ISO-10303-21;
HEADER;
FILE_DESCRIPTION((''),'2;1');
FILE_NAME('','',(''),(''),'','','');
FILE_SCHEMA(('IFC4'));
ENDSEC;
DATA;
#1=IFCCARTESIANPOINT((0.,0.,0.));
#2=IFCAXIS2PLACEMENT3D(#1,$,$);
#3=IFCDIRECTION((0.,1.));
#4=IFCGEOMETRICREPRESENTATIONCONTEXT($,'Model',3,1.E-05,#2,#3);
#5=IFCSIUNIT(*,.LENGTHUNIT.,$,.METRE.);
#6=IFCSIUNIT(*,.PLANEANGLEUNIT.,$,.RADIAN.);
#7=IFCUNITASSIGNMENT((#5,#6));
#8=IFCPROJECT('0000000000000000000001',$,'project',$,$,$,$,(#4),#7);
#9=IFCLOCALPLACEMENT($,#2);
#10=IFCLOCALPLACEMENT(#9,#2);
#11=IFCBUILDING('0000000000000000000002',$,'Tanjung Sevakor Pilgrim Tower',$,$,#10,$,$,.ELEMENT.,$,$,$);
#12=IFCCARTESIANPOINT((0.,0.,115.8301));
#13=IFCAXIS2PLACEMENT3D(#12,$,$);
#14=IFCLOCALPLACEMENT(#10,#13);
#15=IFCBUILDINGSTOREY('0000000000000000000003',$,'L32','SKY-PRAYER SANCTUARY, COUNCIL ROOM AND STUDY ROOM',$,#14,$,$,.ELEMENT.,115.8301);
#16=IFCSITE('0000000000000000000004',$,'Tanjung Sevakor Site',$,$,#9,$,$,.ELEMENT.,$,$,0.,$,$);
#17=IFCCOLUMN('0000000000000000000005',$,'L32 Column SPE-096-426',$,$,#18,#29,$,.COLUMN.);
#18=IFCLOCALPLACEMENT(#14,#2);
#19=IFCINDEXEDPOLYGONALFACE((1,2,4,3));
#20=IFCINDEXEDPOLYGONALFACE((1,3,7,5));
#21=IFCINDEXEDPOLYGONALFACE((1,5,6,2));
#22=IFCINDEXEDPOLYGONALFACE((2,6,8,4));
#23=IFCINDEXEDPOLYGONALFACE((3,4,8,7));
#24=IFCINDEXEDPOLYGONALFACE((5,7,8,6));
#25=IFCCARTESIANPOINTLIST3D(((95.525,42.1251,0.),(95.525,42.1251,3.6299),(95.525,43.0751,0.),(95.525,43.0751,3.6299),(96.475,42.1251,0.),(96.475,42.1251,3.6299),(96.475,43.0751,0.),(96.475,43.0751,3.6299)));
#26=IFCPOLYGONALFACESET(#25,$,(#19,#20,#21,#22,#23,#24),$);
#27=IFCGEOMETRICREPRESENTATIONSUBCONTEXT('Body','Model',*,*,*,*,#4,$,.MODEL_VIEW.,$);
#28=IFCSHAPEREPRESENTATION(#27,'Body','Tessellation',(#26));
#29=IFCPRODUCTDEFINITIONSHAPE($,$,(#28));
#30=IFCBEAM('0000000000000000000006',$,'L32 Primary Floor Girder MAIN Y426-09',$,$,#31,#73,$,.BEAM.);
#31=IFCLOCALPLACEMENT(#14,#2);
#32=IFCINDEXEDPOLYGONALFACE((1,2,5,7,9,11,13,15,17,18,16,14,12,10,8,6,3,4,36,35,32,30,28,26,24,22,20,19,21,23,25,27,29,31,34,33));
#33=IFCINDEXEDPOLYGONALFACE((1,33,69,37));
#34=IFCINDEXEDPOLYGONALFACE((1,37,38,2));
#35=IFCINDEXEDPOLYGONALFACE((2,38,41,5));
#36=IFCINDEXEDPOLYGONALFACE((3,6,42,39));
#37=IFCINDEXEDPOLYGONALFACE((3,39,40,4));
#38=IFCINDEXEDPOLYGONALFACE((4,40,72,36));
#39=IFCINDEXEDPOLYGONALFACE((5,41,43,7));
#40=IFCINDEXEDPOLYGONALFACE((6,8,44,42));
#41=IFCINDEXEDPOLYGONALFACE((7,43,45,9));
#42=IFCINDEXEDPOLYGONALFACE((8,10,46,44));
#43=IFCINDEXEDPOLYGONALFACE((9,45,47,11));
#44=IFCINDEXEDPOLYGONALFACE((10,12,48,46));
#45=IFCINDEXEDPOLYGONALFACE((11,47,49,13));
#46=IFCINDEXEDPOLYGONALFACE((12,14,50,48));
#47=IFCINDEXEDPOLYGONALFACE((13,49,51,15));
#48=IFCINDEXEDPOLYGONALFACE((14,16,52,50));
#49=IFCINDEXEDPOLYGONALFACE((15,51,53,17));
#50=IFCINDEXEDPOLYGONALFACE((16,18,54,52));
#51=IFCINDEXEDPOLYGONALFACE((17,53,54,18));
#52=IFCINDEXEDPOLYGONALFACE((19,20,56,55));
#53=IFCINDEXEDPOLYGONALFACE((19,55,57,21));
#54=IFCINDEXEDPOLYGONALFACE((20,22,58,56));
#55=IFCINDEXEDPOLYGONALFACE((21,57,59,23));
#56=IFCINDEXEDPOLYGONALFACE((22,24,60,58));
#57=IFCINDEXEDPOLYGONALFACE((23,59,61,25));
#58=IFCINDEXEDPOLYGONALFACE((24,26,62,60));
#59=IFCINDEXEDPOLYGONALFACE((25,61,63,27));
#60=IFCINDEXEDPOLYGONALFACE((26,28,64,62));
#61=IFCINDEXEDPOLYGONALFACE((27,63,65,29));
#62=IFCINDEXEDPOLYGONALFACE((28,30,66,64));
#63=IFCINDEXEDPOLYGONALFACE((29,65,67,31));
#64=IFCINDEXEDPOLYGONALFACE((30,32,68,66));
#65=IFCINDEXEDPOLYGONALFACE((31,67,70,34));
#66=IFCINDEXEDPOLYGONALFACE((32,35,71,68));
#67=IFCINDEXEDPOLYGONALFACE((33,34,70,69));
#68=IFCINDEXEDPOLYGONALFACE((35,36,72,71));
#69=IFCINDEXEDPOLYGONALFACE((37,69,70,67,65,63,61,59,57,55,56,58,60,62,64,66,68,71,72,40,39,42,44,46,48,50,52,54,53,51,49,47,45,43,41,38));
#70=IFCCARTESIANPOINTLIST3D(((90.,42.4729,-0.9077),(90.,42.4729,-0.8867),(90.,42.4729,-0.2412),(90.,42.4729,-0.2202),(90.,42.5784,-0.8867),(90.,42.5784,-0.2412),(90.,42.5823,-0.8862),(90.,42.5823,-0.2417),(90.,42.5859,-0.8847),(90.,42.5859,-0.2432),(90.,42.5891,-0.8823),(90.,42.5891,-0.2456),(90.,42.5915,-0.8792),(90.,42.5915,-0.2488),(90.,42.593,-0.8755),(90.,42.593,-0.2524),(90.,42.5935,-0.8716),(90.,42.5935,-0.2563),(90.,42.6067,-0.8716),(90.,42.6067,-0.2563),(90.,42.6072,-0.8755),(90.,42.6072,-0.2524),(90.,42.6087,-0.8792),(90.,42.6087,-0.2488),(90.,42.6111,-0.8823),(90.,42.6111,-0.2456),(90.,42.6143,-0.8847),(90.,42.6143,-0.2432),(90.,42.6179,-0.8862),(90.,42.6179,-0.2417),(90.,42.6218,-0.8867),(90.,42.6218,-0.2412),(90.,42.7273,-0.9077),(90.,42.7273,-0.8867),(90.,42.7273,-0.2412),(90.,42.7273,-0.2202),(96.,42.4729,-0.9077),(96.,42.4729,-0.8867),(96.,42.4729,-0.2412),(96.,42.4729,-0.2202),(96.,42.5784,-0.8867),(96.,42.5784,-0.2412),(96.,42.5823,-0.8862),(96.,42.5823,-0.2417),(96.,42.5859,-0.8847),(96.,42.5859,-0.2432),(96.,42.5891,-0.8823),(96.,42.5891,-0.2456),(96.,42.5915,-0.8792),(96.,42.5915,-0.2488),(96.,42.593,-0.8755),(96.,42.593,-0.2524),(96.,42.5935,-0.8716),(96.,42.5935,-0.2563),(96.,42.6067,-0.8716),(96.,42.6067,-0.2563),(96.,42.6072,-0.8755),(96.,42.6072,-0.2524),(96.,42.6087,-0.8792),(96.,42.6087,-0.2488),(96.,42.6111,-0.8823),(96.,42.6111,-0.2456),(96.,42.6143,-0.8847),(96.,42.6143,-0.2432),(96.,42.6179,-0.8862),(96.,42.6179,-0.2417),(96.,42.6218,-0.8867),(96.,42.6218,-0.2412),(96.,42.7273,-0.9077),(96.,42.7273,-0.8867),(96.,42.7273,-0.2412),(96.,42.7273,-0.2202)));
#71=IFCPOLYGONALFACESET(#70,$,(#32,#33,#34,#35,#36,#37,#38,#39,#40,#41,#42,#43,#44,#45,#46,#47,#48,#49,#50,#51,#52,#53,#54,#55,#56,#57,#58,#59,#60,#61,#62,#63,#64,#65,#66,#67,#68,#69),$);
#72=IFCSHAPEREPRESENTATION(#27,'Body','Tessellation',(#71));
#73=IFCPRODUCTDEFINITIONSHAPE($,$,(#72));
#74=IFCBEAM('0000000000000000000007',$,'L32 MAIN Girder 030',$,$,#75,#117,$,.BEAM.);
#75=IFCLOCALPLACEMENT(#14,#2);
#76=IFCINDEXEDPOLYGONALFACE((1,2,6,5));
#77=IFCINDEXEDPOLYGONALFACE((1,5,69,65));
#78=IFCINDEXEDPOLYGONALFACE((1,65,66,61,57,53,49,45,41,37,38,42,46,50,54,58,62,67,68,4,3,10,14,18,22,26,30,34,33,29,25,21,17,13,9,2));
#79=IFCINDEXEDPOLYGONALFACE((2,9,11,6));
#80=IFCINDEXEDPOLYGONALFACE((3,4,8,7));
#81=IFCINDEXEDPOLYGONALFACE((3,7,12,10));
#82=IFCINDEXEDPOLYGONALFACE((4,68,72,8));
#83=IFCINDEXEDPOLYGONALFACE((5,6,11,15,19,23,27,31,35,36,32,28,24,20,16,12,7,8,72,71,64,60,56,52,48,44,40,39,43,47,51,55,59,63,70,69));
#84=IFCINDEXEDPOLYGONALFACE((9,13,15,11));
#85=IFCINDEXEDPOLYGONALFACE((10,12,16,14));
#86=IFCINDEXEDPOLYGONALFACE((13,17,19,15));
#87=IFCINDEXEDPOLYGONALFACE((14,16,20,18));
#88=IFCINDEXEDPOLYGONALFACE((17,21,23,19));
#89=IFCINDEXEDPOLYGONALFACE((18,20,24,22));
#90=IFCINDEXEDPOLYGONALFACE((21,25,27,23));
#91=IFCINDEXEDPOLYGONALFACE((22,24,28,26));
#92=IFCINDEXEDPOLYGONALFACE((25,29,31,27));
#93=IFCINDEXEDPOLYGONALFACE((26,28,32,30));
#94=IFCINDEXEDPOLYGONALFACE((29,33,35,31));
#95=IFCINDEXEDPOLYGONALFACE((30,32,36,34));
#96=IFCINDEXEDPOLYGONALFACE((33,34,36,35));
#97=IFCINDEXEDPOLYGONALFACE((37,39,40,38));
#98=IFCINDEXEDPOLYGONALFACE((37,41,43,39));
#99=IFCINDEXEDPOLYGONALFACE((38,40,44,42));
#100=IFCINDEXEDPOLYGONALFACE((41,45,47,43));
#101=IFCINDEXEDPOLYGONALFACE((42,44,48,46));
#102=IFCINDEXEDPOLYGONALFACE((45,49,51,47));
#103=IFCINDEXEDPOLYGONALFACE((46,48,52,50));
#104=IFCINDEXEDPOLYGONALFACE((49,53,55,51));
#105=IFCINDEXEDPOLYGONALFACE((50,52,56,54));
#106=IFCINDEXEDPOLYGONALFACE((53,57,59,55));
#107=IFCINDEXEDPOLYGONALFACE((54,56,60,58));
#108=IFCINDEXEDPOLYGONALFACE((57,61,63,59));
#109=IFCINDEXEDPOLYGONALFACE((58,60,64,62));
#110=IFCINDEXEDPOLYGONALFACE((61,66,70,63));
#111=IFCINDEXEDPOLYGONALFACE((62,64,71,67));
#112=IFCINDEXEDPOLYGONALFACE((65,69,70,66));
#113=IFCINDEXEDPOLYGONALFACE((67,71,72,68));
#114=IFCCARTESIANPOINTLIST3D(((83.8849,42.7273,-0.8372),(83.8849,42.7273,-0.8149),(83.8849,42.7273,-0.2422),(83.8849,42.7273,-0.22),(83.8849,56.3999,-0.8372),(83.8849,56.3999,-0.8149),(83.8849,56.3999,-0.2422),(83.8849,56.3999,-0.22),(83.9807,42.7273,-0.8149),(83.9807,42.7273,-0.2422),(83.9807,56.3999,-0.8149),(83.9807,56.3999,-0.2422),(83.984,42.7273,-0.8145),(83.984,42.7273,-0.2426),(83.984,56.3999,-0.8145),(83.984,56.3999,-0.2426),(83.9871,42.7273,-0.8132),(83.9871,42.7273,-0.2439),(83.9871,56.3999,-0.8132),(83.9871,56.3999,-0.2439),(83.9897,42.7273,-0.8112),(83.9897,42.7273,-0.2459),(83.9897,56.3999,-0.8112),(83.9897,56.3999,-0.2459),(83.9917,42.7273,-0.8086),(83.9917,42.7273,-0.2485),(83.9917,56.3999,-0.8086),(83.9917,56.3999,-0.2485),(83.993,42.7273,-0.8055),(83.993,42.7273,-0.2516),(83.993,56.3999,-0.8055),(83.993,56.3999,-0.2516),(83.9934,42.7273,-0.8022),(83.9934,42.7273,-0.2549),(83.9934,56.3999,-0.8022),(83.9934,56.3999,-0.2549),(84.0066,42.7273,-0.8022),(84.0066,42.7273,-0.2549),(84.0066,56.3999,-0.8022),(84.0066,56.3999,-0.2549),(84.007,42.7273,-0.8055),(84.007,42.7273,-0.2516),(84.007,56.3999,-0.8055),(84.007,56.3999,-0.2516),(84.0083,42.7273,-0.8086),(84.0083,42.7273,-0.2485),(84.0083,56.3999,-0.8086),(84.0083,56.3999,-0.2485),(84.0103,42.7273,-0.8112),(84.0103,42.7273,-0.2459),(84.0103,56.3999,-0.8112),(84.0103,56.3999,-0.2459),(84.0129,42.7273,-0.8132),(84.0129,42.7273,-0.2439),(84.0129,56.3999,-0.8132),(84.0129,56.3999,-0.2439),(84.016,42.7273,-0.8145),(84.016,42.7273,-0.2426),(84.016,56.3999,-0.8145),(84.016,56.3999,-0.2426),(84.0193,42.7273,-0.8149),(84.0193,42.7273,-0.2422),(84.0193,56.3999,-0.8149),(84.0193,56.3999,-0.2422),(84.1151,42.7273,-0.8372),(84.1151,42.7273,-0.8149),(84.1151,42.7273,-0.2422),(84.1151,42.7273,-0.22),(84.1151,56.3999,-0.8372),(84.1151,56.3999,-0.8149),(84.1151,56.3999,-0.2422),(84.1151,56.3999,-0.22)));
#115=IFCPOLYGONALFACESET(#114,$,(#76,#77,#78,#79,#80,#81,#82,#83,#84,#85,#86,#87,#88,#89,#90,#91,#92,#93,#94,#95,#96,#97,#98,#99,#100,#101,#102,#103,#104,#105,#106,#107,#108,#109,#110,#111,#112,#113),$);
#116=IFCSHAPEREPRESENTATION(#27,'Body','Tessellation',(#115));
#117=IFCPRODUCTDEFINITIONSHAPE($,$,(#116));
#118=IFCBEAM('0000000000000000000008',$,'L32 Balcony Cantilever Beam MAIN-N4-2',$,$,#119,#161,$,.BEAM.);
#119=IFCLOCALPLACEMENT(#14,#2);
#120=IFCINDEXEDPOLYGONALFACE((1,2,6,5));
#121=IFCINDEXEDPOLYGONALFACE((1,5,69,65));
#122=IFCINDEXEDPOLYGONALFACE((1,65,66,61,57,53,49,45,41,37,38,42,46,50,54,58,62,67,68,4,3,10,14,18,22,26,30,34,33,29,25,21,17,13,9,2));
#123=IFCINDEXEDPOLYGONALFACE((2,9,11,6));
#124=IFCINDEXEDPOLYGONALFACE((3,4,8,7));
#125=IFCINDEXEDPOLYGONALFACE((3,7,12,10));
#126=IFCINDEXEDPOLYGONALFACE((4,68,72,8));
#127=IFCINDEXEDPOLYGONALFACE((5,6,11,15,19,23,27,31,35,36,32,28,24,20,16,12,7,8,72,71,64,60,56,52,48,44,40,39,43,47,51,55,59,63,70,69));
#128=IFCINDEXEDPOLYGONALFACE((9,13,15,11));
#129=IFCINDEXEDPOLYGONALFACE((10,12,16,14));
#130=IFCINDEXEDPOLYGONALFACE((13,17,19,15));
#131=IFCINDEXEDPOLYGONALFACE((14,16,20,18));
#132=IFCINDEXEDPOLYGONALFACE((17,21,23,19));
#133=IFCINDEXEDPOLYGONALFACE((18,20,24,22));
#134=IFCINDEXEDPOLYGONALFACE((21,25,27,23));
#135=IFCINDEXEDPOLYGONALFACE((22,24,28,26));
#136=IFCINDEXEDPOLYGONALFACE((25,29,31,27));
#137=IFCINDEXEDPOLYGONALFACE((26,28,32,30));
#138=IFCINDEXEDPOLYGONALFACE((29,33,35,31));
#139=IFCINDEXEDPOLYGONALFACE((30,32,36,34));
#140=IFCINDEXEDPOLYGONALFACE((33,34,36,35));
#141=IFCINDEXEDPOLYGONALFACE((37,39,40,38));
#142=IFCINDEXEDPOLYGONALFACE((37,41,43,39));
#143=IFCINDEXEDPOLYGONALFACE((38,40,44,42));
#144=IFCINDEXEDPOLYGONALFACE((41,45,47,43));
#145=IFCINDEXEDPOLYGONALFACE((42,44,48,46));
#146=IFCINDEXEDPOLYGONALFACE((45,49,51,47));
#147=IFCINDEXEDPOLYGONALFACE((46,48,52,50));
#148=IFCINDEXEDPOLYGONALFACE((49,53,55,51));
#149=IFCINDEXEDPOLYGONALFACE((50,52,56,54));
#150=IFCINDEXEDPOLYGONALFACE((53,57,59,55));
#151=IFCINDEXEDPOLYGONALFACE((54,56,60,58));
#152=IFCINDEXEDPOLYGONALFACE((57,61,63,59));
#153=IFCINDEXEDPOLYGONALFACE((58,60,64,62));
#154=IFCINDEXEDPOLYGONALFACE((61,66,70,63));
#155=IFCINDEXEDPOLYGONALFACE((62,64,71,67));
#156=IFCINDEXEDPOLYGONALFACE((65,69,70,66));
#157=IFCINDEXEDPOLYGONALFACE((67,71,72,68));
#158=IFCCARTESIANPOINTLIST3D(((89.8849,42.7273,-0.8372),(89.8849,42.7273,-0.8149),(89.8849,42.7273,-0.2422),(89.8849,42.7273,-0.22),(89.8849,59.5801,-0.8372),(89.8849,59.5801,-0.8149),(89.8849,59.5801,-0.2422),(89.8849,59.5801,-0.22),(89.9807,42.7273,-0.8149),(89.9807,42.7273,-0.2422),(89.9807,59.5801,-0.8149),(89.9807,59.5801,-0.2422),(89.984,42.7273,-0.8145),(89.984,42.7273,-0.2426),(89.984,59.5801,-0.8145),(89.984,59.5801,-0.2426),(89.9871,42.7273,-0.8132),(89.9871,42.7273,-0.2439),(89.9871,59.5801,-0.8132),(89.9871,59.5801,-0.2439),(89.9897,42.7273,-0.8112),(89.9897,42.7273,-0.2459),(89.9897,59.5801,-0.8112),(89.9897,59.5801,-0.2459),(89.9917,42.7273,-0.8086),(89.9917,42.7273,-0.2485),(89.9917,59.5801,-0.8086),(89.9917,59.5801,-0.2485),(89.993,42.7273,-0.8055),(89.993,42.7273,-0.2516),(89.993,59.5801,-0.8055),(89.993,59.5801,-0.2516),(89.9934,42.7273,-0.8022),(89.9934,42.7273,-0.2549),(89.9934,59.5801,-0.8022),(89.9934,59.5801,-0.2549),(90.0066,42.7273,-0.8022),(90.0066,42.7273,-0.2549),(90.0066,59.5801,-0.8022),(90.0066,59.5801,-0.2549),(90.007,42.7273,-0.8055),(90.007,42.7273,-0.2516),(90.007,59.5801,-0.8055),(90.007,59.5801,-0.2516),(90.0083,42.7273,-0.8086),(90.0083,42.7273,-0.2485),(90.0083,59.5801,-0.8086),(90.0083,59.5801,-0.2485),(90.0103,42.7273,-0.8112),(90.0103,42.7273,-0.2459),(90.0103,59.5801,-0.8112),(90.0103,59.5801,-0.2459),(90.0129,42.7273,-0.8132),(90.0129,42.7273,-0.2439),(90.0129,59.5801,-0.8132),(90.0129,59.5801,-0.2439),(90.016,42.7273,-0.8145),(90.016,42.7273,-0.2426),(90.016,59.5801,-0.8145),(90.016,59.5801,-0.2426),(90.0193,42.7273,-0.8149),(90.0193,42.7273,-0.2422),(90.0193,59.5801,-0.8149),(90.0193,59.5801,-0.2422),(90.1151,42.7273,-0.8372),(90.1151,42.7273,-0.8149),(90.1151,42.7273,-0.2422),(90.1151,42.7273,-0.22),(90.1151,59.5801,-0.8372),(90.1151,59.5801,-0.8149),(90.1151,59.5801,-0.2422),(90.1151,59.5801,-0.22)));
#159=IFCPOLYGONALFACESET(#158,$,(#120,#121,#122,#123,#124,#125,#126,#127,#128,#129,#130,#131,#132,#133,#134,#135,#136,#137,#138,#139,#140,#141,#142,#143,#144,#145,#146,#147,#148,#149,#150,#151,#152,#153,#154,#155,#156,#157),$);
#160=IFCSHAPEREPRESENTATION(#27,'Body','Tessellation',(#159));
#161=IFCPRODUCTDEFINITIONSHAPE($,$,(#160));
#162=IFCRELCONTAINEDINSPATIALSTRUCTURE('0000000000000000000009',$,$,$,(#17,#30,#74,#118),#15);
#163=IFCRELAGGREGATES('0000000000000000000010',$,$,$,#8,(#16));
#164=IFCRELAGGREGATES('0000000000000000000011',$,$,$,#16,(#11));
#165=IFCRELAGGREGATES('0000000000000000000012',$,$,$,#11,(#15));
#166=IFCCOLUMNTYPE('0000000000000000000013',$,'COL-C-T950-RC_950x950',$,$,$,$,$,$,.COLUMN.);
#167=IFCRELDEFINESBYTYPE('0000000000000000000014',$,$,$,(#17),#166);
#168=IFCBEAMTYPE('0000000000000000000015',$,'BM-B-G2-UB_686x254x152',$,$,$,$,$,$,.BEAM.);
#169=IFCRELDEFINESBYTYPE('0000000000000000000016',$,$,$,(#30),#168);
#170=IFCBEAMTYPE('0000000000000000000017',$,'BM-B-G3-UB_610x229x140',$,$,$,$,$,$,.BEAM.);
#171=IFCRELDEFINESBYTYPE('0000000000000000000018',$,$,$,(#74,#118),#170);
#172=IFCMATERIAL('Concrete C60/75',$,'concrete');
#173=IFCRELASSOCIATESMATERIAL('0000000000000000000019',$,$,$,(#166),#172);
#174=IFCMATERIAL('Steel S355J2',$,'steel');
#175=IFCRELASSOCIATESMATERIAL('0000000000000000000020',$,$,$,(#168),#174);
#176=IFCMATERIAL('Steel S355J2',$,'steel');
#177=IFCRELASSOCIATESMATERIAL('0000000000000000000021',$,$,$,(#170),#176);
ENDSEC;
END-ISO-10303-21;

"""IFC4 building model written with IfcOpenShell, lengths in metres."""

from ifc_helpers import new_model, si_unit, direction, frame, origin, origin_2d, place, context, subcontext, project, spatial, rectangle, i_section, extrude, material, material_profile, profile_set, type_object, element, save


model = new_model("IFC4")

# Units and contexts
model_context = context("Model", 3, precision=1e-05, world=origin(), true_north=direction((0.0, 1.0)))
body_context = subcontext(model_context, "Body", "Model", "MODEL_VIEW")
ifc_project = project(units=[si_unit("LENGTHUNIT", "METRE"), si_unit("PLANEANGLEUNIT", "RADIAN")], contexts=[model_context])

# Site, building, storey
site_placement = place(None, origin())
site = spatial("IfcSite", under=ifc_project, at=site_placement, Name="Tanjung Sevakor Site", CompositionType="ELEMENT", RefElevation=0.0)
building_placement = place(site_placement, origin())
building = spatial("IfcBuilding", under=site, at=building_placement, Name="Tanjung Sevakor Pilgrim Tower", CompositionType="ELEMENT")
storey_placement = place(building_placement, frame((0.0, 0.0, 115.8301)))
storey = spatial("IfcBuildingStorey", under=building, at=storey_placement, Name="L32", Description="SKY-PRAYER SANCTUARY, COUNCIL ROOM AND STUDY ROOM", CompositionType="ELEMENT", Elevation=115.8301)

# Column
ifc_material_1 = material(Name="Concrete C60/75", Category="concrete")
ifc_material_profile_1 = material_profile(ifc_material_1, rectangle(XDim=0.95, YDim=0.95, at=origin_2d()))
ifc_profile_set_1 = profile_set([ifc_material_profile_1], Name="Concrete C60/75")
column_type = type_object("IfcColumnType", Name="COL-C-T950-RC_950x950", PredefinedType="COLUMN", material=ifc_profile_set_1)
column_placement = place(storey_placement, frame((96.0, 42.6001, 0.0), z_axis=(0.0, 0.0, 1.0), x_axis=(1.0, 0.0, 0.0)))
element("IfcColumn", 1, at=column_placement, inside=storey, type_object=column_type, Name="L32 Column SPE-096-426", PredefinedType="COLUMN", context=body_context, shape_type="SweptSolid", body=[
    extrude(rectangle(XDim=0.95, YDim=0.95, at=origin_2d()), origin(), (0.0, 0.0, 1.0), 3.6299),
])

# Beams
ifc_material_2 = material(Name="Steel S355J2", Category="steel")
ifc_material_profile_2 = material_profile(ifc_material_2, i_section(OverallWidth=0.2544, OverallDepth=0.6875, WebThickness=0.0132, FlangeThickness=0.021, FilletRadius=0.0151, at=origin_2d()))
ifc_profile_set_2 = profile_set([ifc_material_profile_2], Name="Steel S355J2")
beam_type_1 = type_object("IfcBeamType", Name="BM-B-G2-UB_686x254x152", PredefinedType="BEAM", material=ifc_profile_set_2)
beam_1_placement = place(storey_placement, frame((90.0, 42.6001, -0.564), z_axis=(1.0, 0.0, 0.0), x_axis=(0.0, 1.0, 0.0)))
element("IfcBeam", 2, at=beam_1_placement, inside=storey, type_object=beam_type_1, Name="L32 Primary Floor Girder MAIN Y426-09", PredefinedType="BEAM", context=body_context, shape_type="SweptSolid", body=[
    extrude(i_section(OverallWidth=0.2544, OverallDepth=0.6875, WebThickness=0.0132, FlangeThickness=0.021, FilletRadius=0.0151, at=origin_2d()), origin(), (0.0, 0.0, 1.0), 6.0),
])
ifc_material_3 = material(Name="Steel S355J2", Category="steel")
ifc_material_profile_3 = material_profile(ifc_material_3, i_section(OverallWidth=0.2302, OverallDepth=0.6172, WebThickness=0.0132, FlangeThickness=0.0222, FilletRadius=0.0127, at=origin_2d()))
ifc_profile_set_3 = profile_set([ifc_material_profile_3], Name="Steel S355J2")
beam_type_2 = type_object("IfcBeamType", Name="BM-B-G3-UB_610x229x140", PredefinedType="BEAM", material=ifc_profile_set_3)
beam_2_placement = place(storey_placement, frame((84.0, 42.7273, -0.5286), z_axis=(0.0, 1.0, 0.0), x_axis=(-1.0, 0.0, 0.0)))
element("IfcBeam", 3, at=beam_2_placement, inside=storey, type_object=beam_type_2, Name="L32 MAIN Girder 030", PredefinedType="BEAM", context=body_context, shape_type="SweptSolid", body=[
    extrude(i_section(OverallWidth=0.2302, OverallDepth=0.6172, WebThickness=0.0132, FlangeThickness=0.0222, FilletRadius=0.0127, at=origin_2d()), origin(), (0.0, 0.0, 1.0), 13.6726),
])
beam_3_placement = place(storey_placement, frame((90.0, 42.7273, -0.5286), z_axis=(0.0, 1.0, 0.0), x_axis=(-1.0, 0.0, 0.0)))
element("IfcBeam", 4, at=beam_3_placement, inside=storey, type_object=beam_type_2, Name="L32 Balcony Cantilever Beam MAIN-N4-2", PredefinedType="BEAM", context=body_context, shape_type="SweptSolid", body=[
    extrude(i_section(OverallWidth=0.2302, OverallDepth=0.6172, WebThickness=0.0132, FlangeThickness=0.0222, FilletRadius=0.0127, at=origin_2d()), origin(), (0.0, 0.0, 1.0), 16.8528),
])

save(model, "model.ifc")
